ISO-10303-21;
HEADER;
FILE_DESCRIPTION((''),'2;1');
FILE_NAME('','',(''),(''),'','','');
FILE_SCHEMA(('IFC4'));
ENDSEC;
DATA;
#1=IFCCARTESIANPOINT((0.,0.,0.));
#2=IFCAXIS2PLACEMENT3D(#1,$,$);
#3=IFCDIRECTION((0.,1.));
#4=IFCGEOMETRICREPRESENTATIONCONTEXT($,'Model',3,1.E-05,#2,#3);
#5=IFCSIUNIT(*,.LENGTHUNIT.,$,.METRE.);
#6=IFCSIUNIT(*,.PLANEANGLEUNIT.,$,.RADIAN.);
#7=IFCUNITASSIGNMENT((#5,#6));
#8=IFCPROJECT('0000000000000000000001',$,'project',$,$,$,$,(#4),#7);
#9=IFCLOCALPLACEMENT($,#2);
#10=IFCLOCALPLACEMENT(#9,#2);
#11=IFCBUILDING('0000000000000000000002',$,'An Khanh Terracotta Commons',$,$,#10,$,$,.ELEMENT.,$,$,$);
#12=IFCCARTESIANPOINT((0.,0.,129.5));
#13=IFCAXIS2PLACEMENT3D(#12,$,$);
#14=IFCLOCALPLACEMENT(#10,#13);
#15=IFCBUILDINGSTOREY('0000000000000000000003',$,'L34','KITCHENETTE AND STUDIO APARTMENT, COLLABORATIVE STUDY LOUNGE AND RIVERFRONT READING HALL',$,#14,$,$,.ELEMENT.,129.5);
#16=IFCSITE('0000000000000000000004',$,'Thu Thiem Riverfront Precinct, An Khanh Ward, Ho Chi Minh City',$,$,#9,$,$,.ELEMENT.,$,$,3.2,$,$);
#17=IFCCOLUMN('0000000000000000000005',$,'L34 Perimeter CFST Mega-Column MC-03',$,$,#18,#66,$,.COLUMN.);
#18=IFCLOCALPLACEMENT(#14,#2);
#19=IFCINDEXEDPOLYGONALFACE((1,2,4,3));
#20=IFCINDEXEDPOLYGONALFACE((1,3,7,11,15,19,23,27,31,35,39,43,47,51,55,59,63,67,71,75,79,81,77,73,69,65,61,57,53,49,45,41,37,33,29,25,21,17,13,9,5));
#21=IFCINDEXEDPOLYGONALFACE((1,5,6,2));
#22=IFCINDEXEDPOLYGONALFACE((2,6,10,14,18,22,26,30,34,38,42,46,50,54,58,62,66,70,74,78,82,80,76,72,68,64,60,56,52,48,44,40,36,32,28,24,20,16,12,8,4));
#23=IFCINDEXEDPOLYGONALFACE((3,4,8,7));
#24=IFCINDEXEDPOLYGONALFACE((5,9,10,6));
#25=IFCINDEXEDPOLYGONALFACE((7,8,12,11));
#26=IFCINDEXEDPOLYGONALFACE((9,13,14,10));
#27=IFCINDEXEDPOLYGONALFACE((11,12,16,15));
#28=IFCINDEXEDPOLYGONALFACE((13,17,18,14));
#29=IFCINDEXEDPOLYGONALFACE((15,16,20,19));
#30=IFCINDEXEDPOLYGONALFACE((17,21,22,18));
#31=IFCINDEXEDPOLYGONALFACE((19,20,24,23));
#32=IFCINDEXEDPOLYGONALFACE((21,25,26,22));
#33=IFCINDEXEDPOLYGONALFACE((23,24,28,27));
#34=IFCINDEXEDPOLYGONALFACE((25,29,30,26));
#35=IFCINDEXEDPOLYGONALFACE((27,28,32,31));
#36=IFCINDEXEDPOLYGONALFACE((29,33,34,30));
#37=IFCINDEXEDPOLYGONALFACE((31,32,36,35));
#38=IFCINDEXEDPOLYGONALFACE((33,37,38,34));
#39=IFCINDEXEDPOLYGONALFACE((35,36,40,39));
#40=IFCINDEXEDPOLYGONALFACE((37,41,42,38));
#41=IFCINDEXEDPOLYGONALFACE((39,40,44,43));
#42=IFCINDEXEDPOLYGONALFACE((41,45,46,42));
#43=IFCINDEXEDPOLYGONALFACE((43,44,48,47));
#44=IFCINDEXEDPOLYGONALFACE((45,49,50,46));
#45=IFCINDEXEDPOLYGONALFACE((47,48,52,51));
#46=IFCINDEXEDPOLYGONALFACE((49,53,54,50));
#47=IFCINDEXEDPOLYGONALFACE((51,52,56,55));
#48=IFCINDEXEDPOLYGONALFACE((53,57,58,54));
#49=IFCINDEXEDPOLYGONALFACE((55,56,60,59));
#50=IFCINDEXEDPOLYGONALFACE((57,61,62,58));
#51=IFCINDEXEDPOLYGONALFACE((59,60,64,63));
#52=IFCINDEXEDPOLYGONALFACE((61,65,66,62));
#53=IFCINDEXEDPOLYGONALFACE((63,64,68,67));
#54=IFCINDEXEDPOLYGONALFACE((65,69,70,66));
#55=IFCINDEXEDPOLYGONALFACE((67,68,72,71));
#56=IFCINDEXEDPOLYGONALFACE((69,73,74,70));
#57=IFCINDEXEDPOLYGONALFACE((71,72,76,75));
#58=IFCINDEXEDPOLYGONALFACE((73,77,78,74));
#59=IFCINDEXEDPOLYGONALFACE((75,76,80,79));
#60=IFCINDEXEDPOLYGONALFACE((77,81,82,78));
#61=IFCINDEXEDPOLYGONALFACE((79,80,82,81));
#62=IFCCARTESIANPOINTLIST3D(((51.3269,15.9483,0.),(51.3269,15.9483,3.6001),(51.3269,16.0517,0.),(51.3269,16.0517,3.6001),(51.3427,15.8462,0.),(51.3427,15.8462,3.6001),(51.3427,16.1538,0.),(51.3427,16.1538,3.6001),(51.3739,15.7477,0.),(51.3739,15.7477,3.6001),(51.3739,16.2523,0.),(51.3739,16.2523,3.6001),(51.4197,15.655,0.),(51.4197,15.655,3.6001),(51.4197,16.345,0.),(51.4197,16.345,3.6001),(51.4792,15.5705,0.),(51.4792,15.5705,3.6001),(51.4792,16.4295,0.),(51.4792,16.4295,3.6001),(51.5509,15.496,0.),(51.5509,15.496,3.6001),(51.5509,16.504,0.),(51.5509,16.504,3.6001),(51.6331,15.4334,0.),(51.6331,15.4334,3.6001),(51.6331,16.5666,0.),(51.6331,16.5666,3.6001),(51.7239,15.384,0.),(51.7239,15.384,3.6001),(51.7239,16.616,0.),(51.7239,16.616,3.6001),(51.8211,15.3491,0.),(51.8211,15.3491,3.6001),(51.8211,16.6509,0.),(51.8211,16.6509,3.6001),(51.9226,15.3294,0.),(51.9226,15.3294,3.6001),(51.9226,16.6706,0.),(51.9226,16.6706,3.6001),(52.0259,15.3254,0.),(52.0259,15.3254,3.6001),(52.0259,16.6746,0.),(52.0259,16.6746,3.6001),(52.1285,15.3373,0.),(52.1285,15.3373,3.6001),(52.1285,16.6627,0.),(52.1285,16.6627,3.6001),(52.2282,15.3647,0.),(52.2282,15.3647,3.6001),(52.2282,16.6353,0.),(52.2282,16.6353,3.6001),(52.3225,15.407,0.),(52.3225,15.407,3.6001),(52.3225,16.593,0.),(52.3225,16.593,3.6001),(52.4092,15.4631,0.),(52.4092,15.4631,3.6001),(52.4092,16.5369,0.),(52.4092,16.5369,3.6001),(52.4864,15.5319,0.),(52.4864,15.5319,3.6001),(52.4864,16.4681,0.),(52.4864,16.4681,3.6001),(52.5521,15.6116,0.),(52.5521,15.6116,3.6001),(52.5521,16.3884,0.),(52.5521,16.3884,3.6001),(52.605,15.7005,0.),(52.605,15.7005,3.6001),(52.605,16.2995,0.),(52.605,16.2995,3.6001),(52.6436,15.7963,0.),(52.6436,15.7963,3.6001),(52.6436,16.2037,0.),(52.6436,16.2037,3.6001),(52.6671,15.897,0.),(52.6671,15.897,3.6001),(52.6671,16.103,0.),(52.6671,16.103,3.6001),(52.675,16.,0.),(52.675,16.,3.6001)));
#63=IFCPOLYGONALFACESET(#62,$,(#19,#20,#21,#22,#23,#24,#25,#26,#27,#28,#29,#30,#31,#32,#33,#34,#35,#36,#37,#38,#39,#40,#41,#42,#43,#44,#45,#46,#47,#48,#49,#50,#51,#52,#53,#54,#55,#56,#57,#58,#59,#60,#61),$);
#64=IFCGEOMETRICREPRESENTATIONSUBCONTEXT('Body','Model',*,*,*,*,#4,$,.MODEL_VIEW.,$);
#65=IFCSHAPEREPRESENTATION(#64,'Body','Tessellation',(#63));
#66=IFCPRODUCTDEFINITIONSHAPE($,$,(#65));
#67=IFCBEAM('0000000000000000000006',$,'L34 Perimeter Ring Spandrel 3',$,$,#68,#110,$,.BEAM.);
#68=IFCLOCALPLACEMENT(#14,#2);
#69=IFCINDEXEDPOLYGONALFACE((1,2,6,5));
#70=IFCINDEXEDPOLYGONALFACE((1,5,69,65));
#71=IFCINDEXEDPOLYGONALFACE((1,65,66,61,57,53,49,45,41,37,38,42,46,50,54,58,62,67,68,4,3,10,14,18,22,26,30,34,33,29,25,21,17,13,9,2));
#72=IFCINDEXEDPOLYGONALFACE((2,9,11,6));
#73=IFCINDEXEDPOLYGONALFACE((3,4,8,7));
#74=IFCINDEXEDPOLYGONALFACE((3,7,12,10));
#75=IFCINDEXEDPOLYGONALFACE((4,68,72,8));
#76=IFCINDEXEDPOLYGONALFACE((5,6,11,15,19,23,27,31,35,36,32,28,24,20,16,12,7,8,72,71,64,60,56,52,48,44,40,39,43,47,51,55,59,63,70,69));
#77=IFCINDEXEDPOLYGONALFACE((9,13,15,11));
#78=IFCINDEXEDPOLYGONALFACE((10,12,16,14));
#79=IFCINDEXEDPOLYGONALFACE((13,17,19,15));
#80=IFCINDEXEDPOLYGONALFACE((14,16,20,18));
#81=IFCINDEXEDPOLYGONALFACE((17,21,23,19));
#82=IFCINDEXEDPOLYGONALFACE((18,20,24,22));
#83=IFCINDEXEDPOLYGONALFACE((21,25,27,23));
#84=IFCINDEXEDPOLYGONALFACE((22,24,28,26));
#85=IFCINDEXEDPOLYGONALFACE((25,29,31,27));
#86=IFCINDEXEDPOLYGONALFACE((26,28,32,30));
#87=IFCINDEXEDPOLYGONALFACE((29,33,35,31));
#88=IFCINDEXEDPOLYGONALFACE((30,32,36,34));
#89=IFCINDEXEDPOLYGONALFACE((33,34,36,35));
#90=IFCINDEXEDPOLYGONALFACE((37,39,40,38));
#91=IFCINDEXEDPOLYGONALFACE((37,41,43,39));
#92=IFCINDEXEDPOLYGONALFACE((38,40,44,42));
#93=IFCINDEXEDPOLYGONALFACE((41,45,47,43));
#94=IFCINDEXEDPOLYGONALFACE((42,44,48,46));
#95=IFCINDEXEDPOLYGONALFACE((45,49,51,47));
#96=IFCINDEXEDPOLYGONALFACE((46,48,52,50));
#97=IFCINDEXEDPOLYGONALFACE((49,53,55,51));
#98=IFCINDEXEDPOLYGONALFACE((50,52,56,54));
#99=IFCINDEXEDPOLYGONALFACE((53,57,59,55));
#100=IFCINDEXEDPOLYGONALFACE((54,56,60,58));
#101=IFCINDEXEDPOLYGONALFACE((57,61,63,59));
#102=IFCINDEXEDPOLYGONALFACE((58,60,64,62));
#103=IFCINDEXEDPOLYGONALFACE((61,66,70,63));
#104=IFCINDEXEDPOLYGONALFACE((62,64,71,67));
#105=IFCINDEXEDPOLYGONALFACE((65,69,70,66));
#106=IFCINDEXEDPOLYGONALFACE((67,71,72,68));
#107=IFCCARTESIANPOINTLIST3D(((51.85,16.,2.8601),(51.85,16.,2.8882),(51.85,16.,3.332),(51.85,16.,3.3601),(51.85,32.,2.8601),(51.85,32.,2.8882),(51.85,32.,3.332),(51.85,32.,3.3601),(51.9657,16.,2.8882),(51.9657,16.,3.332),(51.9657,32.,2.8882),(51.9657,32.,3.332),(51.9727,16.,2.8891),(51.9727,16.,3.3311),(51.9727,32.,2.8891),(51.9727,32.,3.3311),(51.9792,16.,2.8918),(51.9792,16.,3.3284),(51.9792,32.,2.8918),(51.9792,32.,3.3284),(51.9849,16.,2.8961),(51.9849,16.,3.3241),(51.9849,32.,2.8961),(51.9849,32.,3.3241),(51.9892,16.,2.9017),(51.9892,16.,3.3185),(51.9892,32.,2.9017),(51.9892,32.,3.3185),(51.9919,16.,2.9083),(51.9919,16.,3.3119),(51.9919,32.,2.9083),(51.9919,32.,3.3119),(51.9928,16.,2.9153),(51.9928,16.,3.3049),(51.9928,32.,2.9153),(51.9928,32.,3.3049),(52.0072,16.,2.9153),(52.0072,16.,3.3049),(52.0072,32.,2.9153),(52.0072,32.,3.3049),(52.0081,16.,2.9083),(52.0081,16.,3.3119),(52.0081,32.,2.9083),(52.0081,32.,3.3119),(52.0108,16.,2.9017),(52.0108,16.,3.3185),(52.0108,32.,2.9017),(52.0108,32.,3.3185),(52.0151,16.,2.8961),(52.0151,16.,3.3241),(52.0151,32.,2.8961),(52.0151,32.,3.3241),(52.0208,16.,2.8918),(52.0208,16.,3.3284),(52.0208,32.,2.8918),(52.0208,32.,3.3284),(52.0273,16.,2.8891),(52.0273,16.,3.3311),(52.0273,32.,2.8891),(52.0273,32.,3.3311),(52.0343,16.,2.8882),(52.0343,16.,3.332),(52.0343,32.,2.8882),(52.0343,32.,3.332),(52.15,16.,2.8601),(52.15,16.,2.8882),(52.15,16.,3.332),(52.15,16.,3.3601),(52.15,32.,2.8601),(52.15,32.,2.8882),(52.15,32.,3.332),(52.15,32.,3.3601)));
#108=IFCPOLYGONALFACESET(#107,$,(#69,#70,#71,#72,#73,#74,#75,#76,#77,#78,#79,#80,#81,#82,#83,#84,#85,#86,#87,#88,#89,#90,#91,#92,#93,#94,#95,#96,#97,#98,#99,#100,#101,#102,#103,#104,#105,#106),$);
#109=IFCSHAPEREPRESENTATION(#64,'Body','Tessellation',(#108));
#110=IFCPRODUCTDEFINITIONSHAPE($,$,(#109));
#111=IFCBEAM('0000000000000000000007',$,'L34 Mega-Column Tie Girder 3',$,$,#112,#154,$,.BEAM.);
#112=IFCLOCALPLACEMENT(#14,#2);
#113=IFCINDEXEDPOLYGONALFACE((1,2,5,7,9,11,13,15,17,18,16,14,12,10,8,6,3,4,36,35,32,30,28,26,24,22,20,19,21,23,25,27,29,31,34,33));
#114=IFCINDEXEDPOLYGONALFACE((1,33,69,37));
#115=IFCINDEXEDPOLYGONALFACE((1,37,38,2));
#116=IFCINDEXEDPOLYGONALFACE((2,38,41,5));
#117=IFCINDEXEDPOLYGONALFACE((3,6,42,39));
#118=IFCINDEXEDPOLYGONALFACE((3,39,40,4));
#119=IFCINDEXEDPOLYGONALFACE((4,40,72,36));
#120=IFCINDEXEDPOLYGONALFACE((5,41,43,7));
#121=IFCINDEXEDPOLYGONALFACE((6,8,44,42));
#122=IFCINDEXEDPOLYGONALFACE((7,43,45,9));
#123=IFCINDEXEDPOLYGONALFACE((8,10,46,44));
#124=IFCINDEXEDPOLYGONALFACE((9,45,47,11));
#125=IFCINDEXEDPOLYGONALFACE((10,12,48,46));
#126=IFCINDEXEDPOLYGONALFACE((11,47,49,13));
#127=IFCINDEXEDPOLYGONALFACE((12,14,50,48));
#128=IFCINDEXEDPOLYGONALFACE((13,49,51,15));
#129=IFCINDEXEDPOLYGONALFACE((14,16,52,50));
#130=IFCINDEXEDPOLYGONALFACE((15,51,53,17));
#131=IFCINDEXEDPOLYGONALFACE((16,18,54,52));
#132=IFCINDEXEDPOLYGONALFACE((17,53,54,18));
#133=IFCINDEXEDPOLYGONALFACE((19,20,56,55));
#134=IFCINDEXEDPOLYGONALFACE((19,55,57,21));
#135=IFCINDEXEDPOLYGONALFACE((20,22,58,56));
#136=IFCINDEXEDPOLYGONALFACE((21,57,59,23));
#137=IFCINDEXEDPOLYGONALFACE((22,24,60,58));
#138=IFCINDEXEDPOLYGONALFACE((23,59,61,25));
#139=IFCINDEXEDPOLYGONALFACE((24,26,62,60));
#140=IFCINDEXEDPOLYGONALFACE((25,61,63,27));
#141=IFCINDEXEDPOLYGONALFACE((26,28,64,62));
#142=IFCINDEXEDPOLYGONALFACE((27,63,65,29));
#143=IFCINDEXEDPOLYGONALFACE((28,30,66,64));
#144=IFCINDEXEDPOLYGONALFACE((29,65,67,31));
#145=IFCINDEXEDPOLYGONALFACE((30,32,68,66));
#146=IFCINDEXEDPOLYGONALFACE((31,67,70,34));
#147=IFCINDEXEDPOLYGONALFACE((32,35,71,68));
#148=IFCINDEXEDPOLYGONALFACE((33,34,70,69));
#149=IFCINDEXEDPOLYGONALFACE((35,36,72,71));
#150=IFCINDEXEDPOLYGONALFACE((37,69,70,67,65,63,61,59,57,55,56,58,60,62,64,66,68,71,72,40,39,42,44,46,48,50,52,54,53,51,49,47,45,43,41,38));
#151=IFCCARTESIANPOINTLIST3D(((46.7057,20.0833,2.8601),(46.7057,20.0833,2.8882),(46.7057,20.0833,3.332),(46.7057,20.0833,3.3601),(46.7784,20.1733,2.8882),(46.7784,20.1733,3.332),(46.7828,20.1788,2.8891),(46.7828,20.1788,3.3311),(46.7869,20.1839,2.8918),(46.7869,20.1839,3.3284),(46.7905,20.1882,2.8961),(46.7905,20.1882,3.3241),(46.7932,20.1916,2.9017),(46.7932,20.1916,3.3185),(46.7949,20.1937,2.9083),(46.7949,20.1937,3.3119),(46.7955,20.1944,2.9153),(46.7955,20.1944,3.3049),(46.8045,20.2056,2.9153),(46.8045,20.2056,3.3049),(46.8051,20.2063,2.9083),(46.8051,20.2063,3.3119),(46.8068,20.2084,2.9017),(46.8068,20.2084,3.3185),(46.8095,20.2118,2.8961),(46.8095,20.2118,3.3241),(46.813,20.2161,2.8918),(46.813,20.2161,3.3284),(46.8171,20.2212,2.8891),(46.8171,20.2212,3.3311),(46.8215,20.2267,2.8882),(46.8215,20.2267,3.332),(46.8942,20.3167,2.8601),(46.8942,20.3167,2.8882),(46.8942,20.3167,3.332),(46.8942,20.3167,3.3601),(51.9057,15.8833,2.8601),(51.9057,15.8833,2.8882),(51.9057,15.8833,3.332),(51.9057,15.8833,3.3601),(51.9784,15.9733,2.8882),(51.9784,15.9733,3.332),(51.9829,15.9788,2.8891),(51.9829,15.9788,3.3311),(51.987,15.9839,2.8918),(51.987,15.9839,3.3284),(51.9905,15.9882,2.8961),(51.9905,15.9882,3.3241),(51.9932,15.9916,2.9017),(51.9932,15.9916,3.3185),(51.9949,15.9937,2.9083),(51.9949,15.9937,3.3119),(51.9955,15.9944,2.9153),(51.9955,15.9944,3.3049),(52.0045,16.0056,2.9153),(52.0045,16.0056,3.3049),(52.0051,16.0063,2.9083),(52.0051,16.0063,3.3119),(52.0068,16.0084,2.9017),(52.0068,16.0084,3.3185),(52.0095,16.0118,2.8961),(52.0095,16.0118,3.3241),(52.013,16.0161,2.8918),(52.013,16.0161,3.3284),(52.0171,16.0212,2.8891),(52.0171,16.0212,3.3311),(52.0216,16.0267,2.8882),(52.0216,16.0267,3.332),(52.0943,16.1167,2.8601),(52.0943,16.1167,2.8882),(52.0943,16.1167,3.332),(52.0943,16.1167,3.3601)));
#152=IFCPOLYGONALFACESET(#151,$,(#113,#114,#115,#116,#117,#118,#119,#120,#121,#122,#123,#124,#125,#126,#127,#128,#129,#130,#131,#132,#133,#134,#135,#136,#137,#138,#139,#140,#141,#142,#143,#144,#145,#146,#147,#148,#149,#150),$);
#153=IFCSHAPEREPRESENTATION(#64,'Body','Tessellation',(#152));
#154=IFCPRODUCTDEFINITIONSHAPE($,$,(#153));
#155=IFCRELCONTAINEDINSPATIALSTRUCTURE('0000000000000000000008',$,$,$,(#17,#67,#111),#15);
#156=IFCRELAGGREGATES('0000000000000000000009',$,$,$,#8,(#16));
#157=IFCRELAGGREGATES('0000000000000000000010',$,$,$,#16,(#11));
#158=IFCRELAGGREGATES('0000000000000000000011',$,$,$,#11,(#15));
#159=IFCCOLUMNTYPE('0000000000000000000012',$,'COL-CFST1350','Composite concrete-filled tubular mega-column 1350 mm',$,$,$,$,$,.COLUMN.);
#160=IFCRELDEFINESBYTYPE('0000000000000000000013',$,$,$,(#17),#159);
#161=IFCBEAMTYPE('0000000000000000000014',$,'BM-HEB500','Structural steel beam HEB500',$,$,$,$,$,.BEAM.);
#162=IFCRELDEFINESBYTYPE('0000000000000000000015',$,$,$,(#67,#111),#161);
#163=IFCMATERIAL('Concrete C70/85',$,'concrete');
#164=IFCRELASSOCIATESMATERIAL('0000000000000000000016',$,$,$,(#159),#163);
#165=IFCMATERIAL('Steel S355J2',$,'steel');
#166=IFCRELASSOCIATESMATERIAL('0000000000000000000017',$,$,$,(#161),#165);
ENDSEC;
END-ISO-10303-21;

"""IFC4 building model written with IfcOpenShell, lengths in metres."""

from ifc_helpers import new_model, si_unit, direction, frame, origin, origin_2d, place, context, subcontext, project, spatial, circle, i_section, extrude, material, material_profile, profile_set, type_object, element, save


model = new_model("IFC4")

# Units and contexts
model_context = context("Model", 3, precision=1e-05, world=origin(), true_north=direction((0.0, 1.0)))
body_context = subcontext(model_context, "Body", "Model", "MODEL_VIEW")
ifc_project = project(units=[si_unit("LENGTHUNIT", "METRE"), si_unit("PLANEANGLEUNIT", "RADIAN")], contexts=[model_context])

# Site, building, storey
site_placement = place(None, origin())
site = spatial("IfcSite", under=ifc_project, at=site_placement, Name="Thu Thiem Riverfront Precinct, An Khanh Ward, Ho Chi Minh City", CompositionType="ELEMENT", RefElevation=3.2)
building_placement = place(site_placement, origin())
building = spatial("IfcBuilding", under=site, at=building_placement, Name="An Khanh Terracotta Commons", CompositionType="ELEMENT")
storey_placement = place(building_placement, frame((0.0, 0.0, 129.5)))
storey = spatial("IfcBuildingStorey", under=building, at=storey_placement, Name="L34", Description="KITCHENETTE AND STUDIO APARTMENT, COLLABORATIVE STUDY LOUNGE AND RIVERFRONT READING HALL", CompositionType="ELEMENT", Elevation=129.5)

# Column
ifc_material_1 = material(Name="Concrete C70/85", Category="concrete")
ifc_material_profile_1 = material_profile(ifc_material_1, circle(Radius=0.675, at=origin_2d()), Name="CFST1350")
ifc_profile_set_1 = profile_set([ifc_material_profile_1], Name="Concrete C70/85")
column_type = type_object("IfcColumnType", Name="COL-CFST1350", Description="Composite concrete-filled tubular mega-column 1350 mm", PredefinedType="COLUMN", material=ifc_profile_set_1)
column_placement = place(storey_placement, frame((52.0, 16.0, 0.0), z_axis=(0.0, 0.0, 1.0), x_axis=(1.0, 0.0, 0.0)))
element("IfcColumn", 1, at=column_placement, inside=storey, type_object=column_type, Name="L34 Perimeter CFST Mega-Column MC-03", PredefinedType="COLUMN", context=body_context, shape_type="SweptSolid", body=[
    extrude(circle(Radius=0.675, at=origin_2d()), origin(), (0.0, 0.0, 1.0), 3.6001),
])

# Beams
ifc_material_2 = material(Name="Steel S355J2", Category="steel")
ifc_material_profile_2 = material_profile(ifc_material_2, i_section(OverallWidth=0.3, OverallDepth=0.5, WebThickness=0.0144, FlangeThickness=0.0281, FilletRadius=0.0271, at=origin_2d()), Name="HEB500")
ifc_profile_set_2 = profile_set([ifc_material_profile_2], Name="Steel S355J2")
beam_type = type_object("IfcBeamType", Name="BM-HEB500", Description="Structural steel beam HEB500", PredefinedType="BEAM", material=ifc_profile_set_2)
beam_1_placement = place(storey_placement, frame((52.0, 16.0, 3.1101), z_axis=(0.0, 1.0, 0.0), x_axis=(-1.0, 0.0, 0.0)))
element("IfcBeam", 2, at=beam_1_placement, inside=storey, type_object=beam_type, Name="L34 Perimeter Ring Spandrel 3", PredefinedType="BEAM", context=body_context, shape_type="SweptSolid", body=[
    extrude(i_section(OverallWidth=0.3, OverallDepth=0.5, WebThickness=0.0144, FlangeThickness=0.0281, FilletRadius=0.0271, at=origin_2d()), origin(), (0.0, 0.0, 1.0), 16.0),
])
beam_2_placement = place(storey_placement, frame((52.0, 16.0, 3.1101), z_axis=(-0.777942, 0.628336, 0.0), x_axis=(-0.628336, -0.777942, 0.0)))
element("IfcBeam", 3, at=beam_2_placement, inside=storey, type_object=beam_type, Name="L34 Mega-Column Tie Girder 3", PredefinedType="BEAM", context=body_context, shape_type="SweptSolid", body=[
    extrude(i_section(OverallWidth=0.3, OverallDepth=0.5, WebThickness=0.0144, FlangeThickness=0.0281, FilletRadius=0.0271, at=origin_2d()), origin(), (0.0, 0.0, 1.0), 6.6843),
])

save(model, "model.ifc")
